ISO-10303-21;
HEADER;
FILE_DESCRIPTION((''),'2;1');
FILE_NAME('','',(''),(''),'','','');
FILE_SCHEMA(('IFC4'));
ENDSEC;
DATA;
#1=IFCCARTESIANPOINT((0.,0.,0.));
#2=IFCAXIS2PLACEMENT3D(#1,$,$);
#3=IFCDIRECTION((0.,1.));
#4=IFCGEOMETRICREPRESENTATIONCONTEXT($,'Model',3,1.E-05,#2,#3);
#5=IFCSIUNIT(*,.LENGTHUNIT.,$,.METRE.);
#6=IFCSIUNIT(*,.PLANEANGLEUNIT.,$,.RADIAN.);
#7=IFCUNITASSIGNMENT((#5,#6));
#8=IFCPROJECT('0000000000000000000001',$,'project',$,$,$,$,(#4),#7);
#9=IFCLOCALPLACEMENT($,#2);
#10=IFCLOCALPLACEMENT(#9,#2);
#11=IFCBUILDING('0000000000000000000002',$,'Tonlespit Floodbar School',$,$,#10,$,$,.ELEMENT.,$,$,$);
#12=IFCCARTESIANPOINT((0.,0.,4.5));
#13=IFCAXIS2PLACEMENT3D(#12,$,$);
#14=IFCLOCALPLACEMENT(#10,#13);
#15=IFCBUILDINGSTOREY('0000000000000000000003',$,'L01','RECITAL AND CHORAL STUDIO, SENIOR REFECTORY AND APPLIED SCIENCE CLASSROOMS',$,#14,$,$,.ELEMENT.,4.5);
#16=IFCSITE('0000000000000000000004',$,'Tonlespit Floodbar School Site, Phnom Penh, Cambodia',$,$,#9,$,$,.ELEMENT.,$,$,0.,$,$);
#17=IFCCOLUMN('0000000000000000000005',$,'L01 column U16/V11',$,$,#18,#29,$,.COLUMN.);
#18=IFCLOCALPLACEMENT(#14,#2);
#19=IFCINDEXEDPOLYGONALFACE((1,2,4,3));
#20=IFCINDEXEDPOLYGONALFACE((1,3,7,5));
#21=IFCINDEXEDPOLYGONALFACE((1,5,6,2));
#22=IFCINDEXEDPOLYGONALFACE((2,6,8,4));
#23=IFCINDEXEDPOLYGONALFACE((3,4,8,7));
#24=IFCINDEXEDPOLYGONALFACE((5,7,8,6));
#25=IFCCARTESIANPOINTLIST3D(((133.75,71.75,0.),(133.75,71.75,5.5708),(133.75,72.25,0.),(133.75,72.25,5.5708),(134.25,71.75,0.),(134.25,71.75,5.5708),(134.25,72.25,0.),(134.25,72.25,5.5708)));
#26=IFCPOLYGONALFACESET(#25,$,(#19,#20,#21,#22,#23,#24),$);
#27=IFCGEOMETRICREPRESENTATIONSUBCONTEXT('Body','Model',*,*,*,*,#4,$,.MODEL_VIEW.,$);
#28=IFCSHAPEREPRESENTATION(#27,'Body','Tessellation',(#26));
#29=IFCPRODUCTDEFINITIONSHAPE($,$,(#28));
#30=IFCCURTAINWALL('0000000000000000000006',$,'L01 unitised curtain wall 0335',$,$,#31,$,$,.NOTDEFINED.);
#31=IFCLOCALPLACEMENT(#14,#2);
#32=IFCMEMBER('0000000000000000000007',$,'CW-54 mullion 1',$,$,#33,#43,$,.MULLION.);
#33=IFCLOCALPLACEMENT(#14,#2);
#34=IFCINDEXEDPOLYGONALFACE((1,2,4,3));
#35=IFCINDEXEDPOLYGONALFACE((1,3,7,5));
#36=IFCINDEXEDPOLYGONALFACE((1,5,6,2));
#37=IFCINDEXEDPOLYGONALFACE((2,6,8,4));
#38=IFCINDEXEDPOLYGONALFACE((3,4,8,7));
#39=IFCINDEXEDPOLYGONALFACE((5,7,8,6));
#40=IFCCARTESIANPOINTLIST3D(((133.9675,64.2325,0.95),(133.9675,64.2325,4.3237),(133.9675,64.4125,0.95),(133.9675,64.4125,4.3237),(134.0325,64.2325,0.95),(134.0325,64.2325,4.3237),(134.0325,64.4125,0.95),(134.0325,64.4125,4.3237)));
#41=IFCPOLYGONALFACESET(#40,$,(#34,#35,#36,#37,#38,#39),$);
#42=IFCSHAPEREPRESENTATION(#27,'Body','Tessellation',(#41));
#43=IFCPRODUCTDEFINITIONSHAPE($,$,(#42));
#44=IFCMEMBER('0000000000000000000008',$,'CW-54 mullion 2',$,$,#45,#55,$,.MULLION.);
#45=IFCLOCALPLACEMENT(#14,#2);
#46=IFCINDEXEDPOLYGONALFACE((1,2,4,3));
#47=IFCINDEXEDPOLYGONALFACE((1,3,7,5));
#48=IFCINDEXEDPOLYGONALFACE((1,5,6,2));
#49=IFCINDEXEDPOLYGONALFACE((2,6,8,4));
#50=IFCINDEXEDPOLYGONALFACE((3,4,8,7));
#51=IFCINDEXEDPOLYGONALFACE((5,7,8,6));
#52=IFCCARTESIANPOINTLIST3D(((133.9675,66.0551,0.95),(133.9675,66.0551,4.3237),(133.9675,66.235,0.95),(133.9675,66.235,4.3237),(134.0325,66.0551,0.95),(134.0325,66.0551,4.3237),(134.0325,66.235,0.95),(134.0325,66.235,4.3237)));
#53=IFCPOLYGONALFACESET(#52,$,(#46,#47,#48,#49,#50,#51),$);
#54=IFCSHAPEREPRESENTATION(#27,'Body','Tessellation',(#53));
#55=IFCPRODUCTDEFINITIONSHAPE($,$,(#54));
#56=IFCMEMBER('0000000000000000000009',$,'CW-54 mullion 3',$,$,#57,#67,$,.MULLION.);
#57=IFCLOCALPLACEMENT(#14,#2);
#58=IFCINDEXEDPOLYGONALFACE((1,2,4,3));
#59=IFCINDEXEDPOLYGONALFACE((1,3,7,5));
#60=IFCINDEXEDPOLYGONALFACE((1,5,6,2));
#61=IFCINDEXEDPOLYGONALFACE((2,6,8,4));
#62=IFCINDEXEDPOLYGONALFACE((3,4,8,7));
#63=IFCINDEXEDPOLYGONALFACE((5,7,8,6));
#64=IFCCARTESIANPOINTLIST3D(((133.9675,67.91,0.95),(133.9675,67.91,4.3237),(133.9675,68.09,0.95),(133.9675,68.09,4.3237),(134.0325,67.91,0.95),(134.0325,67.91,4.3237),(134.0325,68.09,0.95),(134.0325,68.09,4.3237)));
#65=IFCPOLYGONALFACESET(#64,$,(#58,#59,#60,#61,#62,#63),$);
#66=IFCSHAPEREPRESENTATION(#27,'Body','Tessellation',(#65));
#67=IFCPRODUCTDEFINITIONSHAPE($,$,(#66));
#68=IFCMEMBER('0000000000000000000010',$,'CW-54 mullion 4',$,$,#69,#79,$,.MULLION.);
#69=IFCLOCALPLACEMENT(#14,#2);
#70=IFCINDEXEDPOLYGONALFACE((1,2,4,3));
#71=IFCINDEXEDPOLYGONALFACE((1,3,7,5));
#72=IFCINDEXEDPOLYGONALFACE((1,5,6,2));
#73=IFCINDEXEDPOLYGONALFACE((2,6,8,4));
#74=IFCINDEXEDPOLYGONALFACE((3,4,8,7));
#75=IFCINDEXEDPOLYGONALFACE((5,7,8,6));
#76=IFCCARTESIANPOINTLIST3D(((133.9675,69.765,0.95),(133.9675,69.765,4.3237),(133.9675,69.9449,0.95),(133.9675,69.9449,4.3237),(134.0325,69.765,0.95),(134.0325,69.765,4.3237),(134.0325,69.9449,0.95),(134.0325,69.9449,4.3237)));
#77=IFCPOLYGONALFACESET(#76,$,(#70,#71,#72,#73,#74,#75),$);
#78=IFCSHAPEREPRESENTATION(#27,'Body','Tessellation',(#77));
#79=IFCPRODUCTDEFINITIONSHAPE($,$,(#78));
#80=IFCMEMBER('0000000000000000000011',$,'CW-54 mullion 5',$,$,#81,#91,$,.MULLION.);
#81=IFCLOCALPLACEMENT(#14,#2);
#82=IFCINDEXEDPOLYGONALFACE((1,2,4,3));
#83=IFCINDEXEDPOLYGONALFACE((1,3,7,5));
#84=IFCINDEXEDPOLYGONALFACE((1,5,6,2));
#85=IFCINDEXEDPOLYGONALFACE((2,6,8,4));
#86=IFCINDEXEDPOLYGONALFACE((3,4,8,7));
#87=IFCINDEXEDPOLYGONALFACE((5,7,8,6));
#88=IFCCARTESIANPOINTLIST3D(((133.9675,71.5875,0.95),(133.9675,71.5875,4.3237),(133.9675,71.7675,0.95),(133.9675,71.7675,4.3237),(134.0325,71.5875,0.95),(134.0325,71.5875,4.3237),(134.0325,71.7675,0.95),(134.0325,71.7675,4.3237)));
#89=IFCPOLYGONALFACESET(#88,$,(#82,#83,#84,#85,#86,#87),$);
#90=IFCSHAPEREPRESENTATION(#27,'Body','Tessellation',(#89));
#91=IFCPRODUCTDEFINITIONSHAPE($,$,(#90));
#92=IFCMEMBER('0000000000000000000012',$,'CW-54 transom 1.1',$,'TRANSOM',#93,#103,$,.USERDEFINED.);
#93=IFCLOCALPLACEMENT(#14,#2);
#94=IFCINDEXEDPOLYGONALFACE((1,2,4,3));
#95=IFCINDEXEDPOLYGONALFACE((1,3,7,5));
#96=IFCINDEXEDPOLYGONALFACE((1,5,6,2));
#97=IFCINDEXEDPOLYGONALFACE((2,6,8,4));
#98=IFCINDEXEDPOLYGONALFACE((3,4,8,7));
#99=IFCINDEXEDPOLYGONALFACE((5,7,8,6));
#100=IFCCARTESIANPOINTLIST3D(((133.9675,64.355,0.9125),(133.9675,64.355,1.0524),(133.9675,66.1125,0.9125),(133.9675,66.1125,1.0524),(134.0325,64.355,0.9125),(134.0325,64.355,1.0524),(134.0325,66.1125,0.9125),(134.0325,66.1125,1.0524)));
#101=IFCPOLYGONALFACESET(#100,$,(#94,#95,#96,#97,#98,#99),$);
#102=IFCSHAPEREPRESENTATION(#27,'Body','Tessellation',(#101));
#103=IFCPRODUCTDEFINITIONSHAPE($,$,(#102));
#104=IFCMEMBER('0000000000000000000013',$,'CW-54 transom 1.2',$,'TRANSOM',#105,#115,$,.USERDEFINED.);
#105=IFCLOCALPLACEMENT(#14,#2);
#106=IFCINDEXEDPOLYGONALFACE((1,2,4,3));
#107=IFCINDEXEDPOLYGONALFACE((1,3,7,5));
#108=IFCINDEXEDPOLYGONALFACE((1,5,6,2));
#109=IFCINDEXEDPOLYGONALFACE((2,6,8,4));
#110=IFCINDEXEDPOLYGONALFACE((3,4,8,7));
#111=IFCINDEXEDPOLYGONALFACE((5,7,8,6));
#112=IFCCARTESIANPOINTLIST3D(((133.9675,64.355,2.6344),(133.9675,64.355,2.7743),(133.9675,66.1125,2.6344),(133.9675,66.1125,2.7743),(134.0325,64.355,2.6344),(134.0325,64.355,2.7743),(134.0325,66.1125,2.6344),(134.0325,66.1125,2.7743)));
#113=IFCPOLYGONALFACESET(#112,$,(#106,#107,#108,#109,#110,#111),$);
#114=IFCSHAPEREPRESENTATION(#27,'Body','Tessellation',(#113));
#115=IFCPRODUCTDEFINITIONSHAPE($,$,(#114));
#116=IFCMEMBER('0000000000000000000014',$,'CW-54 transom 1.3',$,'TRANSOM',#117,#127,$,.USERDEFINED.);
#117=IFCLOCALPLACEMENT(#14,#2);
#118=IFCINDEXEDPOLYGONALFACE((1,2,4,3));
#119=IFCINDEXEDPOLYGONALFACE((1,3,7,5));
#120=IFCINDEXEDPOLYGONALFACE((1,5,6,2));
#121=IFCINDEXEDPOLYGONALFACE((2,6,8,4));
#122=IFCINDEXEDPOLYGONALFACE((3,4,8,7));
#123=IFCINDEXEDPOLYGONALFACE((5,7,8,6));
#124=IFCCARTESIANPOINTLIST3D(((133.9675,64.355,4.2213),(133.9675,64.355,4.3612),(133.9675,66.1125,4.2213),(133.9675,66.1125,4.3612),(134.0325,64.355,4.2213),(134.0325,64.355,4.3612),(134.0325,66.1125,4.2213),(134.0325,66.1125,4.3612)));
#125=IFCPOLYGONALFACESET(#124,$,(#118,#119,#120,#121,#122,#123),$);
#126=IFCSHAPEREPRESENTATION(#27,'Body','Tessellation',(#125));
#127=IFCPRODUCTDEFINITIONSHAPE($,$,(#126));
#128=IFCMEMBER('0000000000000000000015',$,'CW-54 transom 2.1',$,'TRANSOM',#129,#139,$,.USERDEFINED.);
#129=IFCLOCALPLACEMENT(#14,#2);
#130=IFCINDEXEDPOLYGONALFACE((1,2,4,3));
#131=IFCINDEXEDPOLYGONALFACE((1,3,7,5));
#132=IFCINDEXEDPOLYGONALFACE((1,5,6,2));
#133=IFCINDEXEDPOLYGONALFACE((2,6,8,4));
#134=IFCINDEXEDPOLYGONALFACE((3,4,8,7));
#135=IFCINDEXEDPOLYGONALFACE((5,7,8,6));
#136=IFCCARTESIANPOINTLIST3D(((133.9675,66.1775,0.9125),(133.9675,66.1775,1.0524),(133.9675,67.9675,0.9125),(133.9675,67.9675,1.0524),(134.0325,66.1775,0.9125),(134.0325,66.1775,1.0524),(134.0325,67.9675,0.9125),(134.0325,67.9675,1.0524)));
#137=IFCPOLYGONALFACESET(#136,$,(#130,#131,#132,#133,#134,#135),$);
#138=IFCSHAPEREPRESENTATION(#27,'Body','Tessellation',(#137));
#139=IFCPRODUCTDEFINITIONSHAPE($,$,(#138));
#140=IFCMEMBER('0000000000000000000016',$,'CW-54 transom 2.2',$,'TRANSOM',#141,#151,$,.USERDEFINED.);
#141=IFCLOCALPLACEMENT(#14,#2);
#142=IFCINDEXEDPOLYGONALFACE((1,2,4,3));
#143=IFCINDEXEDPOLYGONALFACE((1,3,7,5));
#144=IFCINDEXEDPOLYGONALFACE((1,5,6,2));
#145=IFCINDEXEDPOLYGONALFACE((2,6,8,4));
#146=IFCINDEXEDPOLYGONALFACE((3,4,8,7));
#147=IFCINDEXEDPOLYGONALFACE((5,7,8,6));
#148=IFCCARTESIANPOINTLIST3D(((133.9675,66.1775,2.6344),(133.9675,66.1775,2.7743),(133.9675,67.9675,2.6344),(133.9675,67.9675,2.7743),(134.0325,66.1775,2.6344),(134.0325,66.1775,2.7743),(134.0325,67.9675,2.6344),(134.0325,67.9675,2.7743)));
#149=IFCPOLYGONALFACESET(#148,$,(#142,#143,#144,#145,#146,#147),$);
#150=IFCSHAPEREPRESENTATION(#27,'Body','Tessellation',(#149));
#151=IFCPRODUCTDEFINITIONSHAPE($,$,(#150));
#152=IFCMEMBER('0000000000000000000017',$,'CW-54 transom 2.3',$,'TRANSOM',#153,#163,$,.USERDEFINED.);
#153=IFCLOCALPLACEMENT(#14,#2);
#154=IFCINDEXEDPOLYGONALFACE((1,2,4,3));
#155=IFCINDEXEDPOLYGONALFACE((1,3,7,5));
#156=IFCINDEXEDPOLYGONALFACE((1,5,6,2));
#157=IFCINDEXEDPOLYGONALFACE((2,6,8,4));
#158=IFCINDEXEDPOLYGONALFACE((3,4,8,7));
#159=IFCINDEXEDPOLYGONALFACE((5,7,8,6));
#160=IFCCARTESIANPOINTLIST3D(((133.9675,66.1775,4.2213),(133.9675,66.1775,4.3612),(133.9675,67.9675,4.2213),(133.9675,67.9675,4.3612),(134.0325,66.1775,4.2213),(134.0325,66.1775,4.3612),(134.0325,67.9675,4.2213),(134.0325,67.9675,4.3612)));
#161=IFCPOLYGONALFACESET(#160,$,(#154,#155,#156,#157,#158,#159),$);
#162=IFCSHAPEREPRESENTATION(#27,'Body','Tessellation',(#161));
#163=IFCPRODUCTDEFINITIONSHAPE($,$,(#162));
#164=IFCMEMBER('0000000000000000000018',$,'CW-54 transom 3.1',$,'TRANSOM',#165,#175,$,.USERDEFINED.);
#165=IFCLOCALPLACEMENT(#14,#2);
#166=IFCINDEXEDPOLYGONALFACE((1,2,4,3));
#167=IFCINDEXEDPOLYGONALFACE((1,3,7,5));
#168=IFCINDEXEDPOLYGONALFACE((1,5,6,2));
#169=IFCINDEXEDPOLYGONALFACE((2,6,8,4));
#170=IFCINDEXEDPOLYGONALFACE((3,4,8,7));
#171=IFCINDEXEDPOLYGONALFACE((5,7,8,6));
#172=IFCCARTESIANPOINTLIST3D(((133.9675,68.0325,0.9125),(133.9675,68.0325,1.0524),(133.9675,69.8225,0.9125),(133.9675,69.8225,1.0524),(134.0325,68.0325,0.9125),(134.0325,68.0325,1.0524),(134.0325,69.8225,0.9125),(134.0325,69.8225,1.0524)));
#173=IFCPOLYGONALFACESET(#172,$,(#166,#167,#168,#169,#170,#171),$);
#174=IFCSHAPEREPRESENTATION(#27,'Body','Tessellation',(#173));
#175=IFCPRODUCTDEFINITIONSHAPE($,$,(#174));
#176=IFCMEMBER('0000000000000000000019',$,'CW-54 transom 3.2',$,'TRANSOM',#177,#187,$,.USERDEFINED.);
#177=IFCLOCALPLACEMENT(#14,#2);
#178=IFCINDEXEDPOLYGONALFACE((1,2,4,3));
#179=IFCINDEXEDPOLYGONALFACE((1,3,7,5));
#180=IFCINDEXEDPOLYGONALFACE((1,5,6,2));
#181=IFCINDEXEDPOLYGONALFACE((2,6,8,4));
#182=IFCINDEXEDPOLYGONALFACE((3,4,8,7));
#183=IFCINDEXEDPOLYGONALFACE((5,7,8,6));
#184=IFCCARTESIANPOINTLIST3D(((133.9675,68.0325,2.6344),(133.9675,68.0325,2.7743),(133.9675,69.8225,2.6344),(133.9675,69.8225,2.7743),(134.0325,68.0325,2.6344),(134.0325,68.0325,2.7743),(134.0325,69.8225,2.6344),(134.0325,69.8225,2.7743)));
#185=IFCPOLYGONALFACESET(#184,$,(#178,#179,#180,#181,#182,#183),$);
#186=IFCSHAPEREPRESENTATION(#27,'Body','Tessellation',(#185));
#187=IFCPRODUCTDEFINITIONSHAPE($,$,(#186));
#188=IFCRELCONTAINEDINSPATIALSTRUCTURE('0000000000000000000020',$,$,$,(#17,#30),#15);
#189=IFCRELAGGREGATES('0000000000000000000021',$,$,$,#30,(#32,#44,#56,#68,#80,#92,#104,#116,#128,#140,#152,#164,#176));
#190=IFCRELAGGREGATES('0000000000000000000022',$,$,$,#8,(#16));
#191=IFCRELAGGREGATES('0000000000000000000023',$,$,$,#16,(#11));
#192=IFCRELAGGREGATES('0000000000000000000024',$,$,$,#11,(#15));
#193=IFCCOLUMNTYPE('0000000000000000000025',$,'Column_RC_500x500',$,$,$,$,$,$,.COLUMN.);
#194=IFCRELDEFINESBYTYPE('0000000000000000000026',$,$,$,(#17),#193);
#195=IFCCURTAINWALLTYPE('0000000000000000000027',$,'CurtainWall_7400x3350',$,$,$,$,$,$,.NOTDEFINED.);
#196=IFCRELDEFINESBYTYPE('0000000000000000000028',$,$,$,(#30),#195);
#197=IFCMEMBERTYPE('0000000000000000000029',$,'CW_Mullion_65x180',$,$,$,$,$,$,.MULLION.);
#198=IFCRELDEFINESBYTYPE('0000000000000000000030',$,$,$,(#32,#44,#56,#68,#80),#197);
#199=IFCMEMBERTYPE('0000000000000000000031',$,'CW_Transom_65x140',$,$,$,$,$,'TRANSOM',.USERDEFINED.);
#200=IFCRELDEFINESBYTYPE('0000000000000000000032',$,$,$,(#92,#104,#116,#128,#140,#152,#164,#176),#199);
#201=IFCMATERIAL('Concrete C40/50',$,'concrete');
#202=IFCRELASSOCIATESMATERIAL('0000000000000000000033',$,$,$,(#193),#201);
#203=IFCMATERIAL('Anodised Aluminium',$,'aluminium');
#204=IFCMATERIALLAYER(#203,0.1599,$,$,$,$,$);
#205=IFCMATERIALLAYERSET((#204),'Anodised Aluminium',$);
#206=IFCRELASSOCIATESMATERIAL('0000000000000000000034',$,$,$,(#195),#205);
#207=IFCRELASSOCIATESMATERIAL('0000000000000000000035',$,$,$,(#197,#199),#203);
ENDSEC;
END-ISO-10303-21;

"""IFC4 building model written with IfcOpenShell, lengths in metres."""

from ifc_helpers import new_model, si_unit, direction, frame, origin, origin_2d, place, context, subcontext, project, spatial, rectangle, extrude, material, layer, layer_set, material_profile, profile_set, type_object, element, aggregate, save


model = new_model("IFC4")

# Units and contexts
model_context = context("Model", 3, precision=1e-05, world=origin(), true_north=direction((0.0, 1.0)))
body_context = subcontext(model_context, "Body", "Model", "MODEL_VIEW")
ifc_project = project(units=[si_unit("LENGTHUNIT", "METRE"), si_unit("PLANEANGLEUNIT", "RADIAN")], contexts=[model_context])

# Site, building, storey
site_placement = place(None, origin())
site = spatial("IfcSite", under=ifc_project, at=site_placement, Name="Tonlespit Floodbar School Site, Phnom Penh, Cambodia", CompositionType="ELEMENT", RefElevation=0.0)
building_placement = place(site_placement, origin())
building = spatial("IfcBuilding", under=site, at=building_placement, Name="Tonlespit Floodbar School", CompositionType="ELEMENT")
storey_placement = place(building_placement, frame((0.0, 0.0, 4.5)))
storey = spatial("IfcBuildingStorey", under=building, at=storey_placement, Name="L01", Description="RECITAL AND CHORAL STUDIO, SENIOR REFECTORY AND APPLIED SCIENCE CLASSROOMS", CompositionType="ELEMENT", Elevation=4.5)

# Column
ifc_material_1 = material(Name="Concrete C40/50", Category="concrete")
ifc_material_profile_1 = material_profile(ifc_material_1, rectangle(XDim=0.5, YDim=0.5, at=origin_2d()), Name="RC 500x500")
ifc_profile_set_1 = profile_set([ifc_material_profile_1], Name="Concrete C40/50")
column_type = type_object("IfcColumnType", Name="Column_RC_500x500", PredefinedType="COLUMN", material=ifc_profile_set_1)
column_placement = place(storey_placement, frame((134.0, 72.0, 0.0), z_axis=(0.0, 0.0, 1.0), x_axis=(1.0, 0.0, 0.0)))
element("IfcColumn", 1, at=column_placement, inside=storey, type_object=column_type, Name="L01 column U16/V11", PredefinedType="COLUMN", context=body_context, shape_type="SweptSolid", body=[
    extrude(rectangle(XDim=0.5, YDim=0.5, at=origin_2d()), origin(), (0.0, 0.0, 1.0), 5.5708),
])

# Curtain wall, members
ifc_material_2 = material(Name="Anodised Aluminium", Category="aluminium")
ifc_layer_1 = layer(ifc_material_2, 0.1599)
ifc_layer_set_1 = layer_set([ifc_layer_1], Name="Anodised Aluminium")
curtain_wall_type = type_object("IfcCurtainWallType", Name="CurtainWall_7400x3350", PredefinedType="NOTDEFINED", material=ifc_layer_set_1)
curtain_wall_placement = place(storey_placement, origin())
curtain_wall = element("IfcCurtainWall", 2, at=curtain_wall_placement, inside=storey, type_object=curtain_wall_type, Name="L01 unitised curtain wall 0335", PredefinedType="NOTDEFINED")
ifc_material_profile_2 = material_profile(ifc_material_2, rectangle(XDim=0.0649, YDim=0.1799, at=origin_2d()), Name="ALU M65x180")
ifc_profile_set_2 = profile_set([ifc_material_profile_2], Name="Anodised Aluminium")
member_type_1 = type_object("IfcMemberType", Name="CW_Mullion_65x180", PredefinedType="MULLION", material=ifc_profile_set_2)
member_1_placement = place(storey_placement, frame((134.0, 64.3225, 0.95), z_axis=(0.0, 0.0, 1.0), x_axis=(-1.0, 0.0, 0.0)))
member_1 = element("IfcMember", 3, at=member_1_placement, type_object=member_type_1, Name="CW-54 mullion 1", PredefinedType="MULLION", context=body_context, shape_type="SweptSolid", body=[
    extrude(rectangle(XDim=0.0649, YDim=0.1799, at=origin_2d()), origin(), (0.0, 0.0, 1.0), 3.3738),
])
member_2_placement = place(storey_placement, frame((134.0, 66.145, 0.95), z_axis=(0.0, 0.0, 1.0), x_axis=(-1.0, 0.0, 0.0)))
member_2 = element("IfcMember", 4, at=member_2_placement, type_object=member_type_1, Name="CW-54 mullion 2", PredefinedType="MULLION", context=body_context, shape_type="SweptSolid", body=[
    extrude(rectangle(XDim=0.0649, YDim=0.1799, at=origin_2d()), origin(), (0.0, 0.0, 1.0), 3.3738),
])
member_3_placement = place(storey_placement, frame((134.0, 68.0, 0.95), z_axis=(0.0, 0.0, 1.0), x_axis=(-1.0, 0.0, 0.0)))
member_3 = element("IfcMember", 5, at=member_3_placement, type_object=member_type_1, Name="CW-54 mullion 3", PredefinedType="MULLION", context=body_context, shape_type="SweptSolid", body=[
    extrude(rectangle(XDim=0.0649, YDim=0.1799, at=origin_2d()), origin(), (0.0, 0.0, 1.0), 3.3738),
])
member_4_placement = place(storey_placement, frame((134.0, 69.855, 0.95), z_axis=(0.0, 0.0, 1.0), x_axis=(-1.0, 0.0, 0.0)))
member_4 = element("IfcMember", 6, at=member_4_placement, type_object=member_type_1, Name="CW-54 mullion 4", PredefinedType="MULLION", context=body_context, shape_type="SweptSolid", body=[
    extrude(rectangle(XDim=0.0649, YDim=0.1799, at=origin_2d()), origin(), (0.0, 0.0, 1.0), 3.3738),
])
member_5_placement = place(storey_placement, frame((134.0, 71.6775, 0.95), z_axis=(0.0, 0.0, 1.0), x_axis=(-1.0, 0.0, 0.0)))
member_5 = element("IfcMember", 7, at=member_5_placement, type_object=member_type_1, Name="CW-54 mullion 5", PredefinedType="MULLION", context=body_context, shape_type="SweptSolid", body=[
    extrude(rectangle(XDim=0.0649, YDim=0.1799, at=origin_2d()), origin(), (0.0, 0.0, 1.0), 3.3738),
])
ifc_material_profile_3 = material_profile(ifc_material_2, rectangle(XDim=0.0649, YDim=0.1399, at=origin_2d()), Name="ALU T65x140")
ifc_profile_set_3 = profile_set([ifc_material_profile_3], Name="Anodised Aluminium")
member_type_2 = type_object("IfcMemberType", Name="CW_Transom_65x140", ElementType="TRANSOM", PredefinedType="USERDEFINED", material=ifc_profile_set_3)
member_6_placement = place(storey_placement, frame((134.0, 64.355, 0.9824), z_axis=(0.0, 1.0, 0.0), x_axis=(-1.0, 0.0, 0.0)))
member_6 = element("IfcMember", 8, at=member_6_placement, type_object=member_type_2, Name="CW-54 transom 1.1", ObjectType="TRANSOM", PredefinedType="USERDEFINED", context=body_context, shape_type="SweptSolid", body=[
    extrude(rectangle(XDim=0.0649, YDim=0.1399, at=origin_2d()), origin(), (0.0, 0.0, 1.0), 1.7576),
])
member_7_placement = place(storey_placement, frame((134.0, 64.355, 2.7043), z_axis=(0.0, 1.0, 0.0), x_axis=(-1.0, 0.0, 0.0)))
member_7 = element("IfcMember", 9, at=member_7_placement, type_object=member_type_2, Name="CW-54 transom 1.2", ObjectType="TRANSOM", PredefinedType="USERDEFINED", context=body_context, shape_type="SweptSolid", body=[
    extrude(rectangle(XDim=0.0649, YDim=0.1399, at=origin_2d()), origin(), (0.0, 0.0, 1.0), 1.7576),
])
member_8_placement = place(storey_placement, frame((134.0, 64.355, 4.2913), z_axis=(0.0, 1.0, 0.0), x_axis=(-1.0, 0.0, 0.0)))
member_8 = element("IfcMember", 10, at=member_8_placement, type_object=member_type_2, Name="CW-54 transom 1.3", ObjectType="TRANSOM", PredefinedType="USERDEFINED", context=body_context, shape_type="SweptSolid", body=[
    extrude(rectangle(XDim=0.0649, YDim=0.1399, at=origin_2d()), origin(), (0.0, 0.0, 1.0), 1.7576),
])
member_9_placement = place(storey_placement, frame((134.0, 66.1775, 0.9824), z_axis=(0.0, 1.0, 0.0), x_axis=(-1.0, 0.0, 0.0)))
member_9 = element("IfcMember", 11, at=member_9_placement, type_object=member_type_2, Name="CW-54 transom 2.1", ObjectType="TRANSOM", PredefinedType="USERDEFINED", context=body_context, shape_type="SweptSolid", body=[
    extrude(rectangle(XDim=0.0649, YDim=0.1399, at=origin_2d()), origin(), (0.0, 0.0, 1.0), 1.79),
])
member_10_placement = place(storey_placement, frame((134.0, 66.1775, 2.7043), z_axis=(0.0, 1.0, 0.0), x_axis=(-1.0, 0.0, 0.0)))
member_10 = element("IfcMember", 12, at=member_10_placement, type_object=member_type_2, Name="CW-54 transom 2.2", ObjectType="TRANSOM", PredefinedType="USERDEFINED", context=body_context, shape_type="SweptSolid", body=[
    extrude(rectangle(XDim=0.0649, YDim=0.1399, at=origin_2d()), origin(), (0.0, 0.0, 1.0), 1.79),
])
member_11_placement = place(storey_placement, frame((134.0, 66.1775, 4.2913), z_axis=(0.0, 1.0, 0.0), x_axis=(-1.0, 0.0, 0.0)))
member_11 = element("IfcMember", 13, at=member_11_placement, type_object=member_type_2, Name="CW-54 transom 2.3", ObjectType="TRANSOM", PredefinedType="USERDEFINED", context=body_context, shape_type="SweptSolid", body=[
    extrude(rectangle(XDim=0.0649, YDim=0.1399, at=origin_2d()), origin(), (0.0, 0.0, 1.0), 1.79),
])
member_12_placement = place(storey_placement, frame((134.0, 68.0325, 0.9824), z_axis=(0.0, 1.0, 0.0), x_axis=(-1.0, 0.0, 0.0)))
member_12 = element("IfcMember", 14, at=member_12_placement, type_object=member_type_2, Name="CW-54 transom 3.1", ObjectType="TRANSOM", PredefinedType="USERDEFINED", context=body_context, shape_type="SweptSolid", body=[
    extrude(rectangle(XDim=0.0649, YDim=0.1399, at=origin_2d()), origin(), (0.0, 0.0, 1.0), 1.79),
])
member_13_placement = place(storey_placement, frame((134.0, 68.0325, 2.7043), z_axis=(0.0, 1.0, 0.0), x_axis=(-1.0, 0.0, 0.0)))
member_13 = element("IfcMember", 15, at=member_13_placement, type_object=member_type_2, Name="CW-54 transom 3.2", ObjectType="TRANSOM", PredefinedType="USERDEFINED", context=body_context, shape_type="SweptSolid", body=[
    extrude(rectangle(XDim=0.0649, YDim=0.1399, at=origin_2d()), origin(), (0.0, 0.0, 1.0), 1.79),
])
aggregate(curtain_wall, [member_1, member_2, member_3, member_4, member_5, member_6, member_7, member_8, member_9, member_10, member_11, member_12, member_13])

save(model, "model.ifc")
